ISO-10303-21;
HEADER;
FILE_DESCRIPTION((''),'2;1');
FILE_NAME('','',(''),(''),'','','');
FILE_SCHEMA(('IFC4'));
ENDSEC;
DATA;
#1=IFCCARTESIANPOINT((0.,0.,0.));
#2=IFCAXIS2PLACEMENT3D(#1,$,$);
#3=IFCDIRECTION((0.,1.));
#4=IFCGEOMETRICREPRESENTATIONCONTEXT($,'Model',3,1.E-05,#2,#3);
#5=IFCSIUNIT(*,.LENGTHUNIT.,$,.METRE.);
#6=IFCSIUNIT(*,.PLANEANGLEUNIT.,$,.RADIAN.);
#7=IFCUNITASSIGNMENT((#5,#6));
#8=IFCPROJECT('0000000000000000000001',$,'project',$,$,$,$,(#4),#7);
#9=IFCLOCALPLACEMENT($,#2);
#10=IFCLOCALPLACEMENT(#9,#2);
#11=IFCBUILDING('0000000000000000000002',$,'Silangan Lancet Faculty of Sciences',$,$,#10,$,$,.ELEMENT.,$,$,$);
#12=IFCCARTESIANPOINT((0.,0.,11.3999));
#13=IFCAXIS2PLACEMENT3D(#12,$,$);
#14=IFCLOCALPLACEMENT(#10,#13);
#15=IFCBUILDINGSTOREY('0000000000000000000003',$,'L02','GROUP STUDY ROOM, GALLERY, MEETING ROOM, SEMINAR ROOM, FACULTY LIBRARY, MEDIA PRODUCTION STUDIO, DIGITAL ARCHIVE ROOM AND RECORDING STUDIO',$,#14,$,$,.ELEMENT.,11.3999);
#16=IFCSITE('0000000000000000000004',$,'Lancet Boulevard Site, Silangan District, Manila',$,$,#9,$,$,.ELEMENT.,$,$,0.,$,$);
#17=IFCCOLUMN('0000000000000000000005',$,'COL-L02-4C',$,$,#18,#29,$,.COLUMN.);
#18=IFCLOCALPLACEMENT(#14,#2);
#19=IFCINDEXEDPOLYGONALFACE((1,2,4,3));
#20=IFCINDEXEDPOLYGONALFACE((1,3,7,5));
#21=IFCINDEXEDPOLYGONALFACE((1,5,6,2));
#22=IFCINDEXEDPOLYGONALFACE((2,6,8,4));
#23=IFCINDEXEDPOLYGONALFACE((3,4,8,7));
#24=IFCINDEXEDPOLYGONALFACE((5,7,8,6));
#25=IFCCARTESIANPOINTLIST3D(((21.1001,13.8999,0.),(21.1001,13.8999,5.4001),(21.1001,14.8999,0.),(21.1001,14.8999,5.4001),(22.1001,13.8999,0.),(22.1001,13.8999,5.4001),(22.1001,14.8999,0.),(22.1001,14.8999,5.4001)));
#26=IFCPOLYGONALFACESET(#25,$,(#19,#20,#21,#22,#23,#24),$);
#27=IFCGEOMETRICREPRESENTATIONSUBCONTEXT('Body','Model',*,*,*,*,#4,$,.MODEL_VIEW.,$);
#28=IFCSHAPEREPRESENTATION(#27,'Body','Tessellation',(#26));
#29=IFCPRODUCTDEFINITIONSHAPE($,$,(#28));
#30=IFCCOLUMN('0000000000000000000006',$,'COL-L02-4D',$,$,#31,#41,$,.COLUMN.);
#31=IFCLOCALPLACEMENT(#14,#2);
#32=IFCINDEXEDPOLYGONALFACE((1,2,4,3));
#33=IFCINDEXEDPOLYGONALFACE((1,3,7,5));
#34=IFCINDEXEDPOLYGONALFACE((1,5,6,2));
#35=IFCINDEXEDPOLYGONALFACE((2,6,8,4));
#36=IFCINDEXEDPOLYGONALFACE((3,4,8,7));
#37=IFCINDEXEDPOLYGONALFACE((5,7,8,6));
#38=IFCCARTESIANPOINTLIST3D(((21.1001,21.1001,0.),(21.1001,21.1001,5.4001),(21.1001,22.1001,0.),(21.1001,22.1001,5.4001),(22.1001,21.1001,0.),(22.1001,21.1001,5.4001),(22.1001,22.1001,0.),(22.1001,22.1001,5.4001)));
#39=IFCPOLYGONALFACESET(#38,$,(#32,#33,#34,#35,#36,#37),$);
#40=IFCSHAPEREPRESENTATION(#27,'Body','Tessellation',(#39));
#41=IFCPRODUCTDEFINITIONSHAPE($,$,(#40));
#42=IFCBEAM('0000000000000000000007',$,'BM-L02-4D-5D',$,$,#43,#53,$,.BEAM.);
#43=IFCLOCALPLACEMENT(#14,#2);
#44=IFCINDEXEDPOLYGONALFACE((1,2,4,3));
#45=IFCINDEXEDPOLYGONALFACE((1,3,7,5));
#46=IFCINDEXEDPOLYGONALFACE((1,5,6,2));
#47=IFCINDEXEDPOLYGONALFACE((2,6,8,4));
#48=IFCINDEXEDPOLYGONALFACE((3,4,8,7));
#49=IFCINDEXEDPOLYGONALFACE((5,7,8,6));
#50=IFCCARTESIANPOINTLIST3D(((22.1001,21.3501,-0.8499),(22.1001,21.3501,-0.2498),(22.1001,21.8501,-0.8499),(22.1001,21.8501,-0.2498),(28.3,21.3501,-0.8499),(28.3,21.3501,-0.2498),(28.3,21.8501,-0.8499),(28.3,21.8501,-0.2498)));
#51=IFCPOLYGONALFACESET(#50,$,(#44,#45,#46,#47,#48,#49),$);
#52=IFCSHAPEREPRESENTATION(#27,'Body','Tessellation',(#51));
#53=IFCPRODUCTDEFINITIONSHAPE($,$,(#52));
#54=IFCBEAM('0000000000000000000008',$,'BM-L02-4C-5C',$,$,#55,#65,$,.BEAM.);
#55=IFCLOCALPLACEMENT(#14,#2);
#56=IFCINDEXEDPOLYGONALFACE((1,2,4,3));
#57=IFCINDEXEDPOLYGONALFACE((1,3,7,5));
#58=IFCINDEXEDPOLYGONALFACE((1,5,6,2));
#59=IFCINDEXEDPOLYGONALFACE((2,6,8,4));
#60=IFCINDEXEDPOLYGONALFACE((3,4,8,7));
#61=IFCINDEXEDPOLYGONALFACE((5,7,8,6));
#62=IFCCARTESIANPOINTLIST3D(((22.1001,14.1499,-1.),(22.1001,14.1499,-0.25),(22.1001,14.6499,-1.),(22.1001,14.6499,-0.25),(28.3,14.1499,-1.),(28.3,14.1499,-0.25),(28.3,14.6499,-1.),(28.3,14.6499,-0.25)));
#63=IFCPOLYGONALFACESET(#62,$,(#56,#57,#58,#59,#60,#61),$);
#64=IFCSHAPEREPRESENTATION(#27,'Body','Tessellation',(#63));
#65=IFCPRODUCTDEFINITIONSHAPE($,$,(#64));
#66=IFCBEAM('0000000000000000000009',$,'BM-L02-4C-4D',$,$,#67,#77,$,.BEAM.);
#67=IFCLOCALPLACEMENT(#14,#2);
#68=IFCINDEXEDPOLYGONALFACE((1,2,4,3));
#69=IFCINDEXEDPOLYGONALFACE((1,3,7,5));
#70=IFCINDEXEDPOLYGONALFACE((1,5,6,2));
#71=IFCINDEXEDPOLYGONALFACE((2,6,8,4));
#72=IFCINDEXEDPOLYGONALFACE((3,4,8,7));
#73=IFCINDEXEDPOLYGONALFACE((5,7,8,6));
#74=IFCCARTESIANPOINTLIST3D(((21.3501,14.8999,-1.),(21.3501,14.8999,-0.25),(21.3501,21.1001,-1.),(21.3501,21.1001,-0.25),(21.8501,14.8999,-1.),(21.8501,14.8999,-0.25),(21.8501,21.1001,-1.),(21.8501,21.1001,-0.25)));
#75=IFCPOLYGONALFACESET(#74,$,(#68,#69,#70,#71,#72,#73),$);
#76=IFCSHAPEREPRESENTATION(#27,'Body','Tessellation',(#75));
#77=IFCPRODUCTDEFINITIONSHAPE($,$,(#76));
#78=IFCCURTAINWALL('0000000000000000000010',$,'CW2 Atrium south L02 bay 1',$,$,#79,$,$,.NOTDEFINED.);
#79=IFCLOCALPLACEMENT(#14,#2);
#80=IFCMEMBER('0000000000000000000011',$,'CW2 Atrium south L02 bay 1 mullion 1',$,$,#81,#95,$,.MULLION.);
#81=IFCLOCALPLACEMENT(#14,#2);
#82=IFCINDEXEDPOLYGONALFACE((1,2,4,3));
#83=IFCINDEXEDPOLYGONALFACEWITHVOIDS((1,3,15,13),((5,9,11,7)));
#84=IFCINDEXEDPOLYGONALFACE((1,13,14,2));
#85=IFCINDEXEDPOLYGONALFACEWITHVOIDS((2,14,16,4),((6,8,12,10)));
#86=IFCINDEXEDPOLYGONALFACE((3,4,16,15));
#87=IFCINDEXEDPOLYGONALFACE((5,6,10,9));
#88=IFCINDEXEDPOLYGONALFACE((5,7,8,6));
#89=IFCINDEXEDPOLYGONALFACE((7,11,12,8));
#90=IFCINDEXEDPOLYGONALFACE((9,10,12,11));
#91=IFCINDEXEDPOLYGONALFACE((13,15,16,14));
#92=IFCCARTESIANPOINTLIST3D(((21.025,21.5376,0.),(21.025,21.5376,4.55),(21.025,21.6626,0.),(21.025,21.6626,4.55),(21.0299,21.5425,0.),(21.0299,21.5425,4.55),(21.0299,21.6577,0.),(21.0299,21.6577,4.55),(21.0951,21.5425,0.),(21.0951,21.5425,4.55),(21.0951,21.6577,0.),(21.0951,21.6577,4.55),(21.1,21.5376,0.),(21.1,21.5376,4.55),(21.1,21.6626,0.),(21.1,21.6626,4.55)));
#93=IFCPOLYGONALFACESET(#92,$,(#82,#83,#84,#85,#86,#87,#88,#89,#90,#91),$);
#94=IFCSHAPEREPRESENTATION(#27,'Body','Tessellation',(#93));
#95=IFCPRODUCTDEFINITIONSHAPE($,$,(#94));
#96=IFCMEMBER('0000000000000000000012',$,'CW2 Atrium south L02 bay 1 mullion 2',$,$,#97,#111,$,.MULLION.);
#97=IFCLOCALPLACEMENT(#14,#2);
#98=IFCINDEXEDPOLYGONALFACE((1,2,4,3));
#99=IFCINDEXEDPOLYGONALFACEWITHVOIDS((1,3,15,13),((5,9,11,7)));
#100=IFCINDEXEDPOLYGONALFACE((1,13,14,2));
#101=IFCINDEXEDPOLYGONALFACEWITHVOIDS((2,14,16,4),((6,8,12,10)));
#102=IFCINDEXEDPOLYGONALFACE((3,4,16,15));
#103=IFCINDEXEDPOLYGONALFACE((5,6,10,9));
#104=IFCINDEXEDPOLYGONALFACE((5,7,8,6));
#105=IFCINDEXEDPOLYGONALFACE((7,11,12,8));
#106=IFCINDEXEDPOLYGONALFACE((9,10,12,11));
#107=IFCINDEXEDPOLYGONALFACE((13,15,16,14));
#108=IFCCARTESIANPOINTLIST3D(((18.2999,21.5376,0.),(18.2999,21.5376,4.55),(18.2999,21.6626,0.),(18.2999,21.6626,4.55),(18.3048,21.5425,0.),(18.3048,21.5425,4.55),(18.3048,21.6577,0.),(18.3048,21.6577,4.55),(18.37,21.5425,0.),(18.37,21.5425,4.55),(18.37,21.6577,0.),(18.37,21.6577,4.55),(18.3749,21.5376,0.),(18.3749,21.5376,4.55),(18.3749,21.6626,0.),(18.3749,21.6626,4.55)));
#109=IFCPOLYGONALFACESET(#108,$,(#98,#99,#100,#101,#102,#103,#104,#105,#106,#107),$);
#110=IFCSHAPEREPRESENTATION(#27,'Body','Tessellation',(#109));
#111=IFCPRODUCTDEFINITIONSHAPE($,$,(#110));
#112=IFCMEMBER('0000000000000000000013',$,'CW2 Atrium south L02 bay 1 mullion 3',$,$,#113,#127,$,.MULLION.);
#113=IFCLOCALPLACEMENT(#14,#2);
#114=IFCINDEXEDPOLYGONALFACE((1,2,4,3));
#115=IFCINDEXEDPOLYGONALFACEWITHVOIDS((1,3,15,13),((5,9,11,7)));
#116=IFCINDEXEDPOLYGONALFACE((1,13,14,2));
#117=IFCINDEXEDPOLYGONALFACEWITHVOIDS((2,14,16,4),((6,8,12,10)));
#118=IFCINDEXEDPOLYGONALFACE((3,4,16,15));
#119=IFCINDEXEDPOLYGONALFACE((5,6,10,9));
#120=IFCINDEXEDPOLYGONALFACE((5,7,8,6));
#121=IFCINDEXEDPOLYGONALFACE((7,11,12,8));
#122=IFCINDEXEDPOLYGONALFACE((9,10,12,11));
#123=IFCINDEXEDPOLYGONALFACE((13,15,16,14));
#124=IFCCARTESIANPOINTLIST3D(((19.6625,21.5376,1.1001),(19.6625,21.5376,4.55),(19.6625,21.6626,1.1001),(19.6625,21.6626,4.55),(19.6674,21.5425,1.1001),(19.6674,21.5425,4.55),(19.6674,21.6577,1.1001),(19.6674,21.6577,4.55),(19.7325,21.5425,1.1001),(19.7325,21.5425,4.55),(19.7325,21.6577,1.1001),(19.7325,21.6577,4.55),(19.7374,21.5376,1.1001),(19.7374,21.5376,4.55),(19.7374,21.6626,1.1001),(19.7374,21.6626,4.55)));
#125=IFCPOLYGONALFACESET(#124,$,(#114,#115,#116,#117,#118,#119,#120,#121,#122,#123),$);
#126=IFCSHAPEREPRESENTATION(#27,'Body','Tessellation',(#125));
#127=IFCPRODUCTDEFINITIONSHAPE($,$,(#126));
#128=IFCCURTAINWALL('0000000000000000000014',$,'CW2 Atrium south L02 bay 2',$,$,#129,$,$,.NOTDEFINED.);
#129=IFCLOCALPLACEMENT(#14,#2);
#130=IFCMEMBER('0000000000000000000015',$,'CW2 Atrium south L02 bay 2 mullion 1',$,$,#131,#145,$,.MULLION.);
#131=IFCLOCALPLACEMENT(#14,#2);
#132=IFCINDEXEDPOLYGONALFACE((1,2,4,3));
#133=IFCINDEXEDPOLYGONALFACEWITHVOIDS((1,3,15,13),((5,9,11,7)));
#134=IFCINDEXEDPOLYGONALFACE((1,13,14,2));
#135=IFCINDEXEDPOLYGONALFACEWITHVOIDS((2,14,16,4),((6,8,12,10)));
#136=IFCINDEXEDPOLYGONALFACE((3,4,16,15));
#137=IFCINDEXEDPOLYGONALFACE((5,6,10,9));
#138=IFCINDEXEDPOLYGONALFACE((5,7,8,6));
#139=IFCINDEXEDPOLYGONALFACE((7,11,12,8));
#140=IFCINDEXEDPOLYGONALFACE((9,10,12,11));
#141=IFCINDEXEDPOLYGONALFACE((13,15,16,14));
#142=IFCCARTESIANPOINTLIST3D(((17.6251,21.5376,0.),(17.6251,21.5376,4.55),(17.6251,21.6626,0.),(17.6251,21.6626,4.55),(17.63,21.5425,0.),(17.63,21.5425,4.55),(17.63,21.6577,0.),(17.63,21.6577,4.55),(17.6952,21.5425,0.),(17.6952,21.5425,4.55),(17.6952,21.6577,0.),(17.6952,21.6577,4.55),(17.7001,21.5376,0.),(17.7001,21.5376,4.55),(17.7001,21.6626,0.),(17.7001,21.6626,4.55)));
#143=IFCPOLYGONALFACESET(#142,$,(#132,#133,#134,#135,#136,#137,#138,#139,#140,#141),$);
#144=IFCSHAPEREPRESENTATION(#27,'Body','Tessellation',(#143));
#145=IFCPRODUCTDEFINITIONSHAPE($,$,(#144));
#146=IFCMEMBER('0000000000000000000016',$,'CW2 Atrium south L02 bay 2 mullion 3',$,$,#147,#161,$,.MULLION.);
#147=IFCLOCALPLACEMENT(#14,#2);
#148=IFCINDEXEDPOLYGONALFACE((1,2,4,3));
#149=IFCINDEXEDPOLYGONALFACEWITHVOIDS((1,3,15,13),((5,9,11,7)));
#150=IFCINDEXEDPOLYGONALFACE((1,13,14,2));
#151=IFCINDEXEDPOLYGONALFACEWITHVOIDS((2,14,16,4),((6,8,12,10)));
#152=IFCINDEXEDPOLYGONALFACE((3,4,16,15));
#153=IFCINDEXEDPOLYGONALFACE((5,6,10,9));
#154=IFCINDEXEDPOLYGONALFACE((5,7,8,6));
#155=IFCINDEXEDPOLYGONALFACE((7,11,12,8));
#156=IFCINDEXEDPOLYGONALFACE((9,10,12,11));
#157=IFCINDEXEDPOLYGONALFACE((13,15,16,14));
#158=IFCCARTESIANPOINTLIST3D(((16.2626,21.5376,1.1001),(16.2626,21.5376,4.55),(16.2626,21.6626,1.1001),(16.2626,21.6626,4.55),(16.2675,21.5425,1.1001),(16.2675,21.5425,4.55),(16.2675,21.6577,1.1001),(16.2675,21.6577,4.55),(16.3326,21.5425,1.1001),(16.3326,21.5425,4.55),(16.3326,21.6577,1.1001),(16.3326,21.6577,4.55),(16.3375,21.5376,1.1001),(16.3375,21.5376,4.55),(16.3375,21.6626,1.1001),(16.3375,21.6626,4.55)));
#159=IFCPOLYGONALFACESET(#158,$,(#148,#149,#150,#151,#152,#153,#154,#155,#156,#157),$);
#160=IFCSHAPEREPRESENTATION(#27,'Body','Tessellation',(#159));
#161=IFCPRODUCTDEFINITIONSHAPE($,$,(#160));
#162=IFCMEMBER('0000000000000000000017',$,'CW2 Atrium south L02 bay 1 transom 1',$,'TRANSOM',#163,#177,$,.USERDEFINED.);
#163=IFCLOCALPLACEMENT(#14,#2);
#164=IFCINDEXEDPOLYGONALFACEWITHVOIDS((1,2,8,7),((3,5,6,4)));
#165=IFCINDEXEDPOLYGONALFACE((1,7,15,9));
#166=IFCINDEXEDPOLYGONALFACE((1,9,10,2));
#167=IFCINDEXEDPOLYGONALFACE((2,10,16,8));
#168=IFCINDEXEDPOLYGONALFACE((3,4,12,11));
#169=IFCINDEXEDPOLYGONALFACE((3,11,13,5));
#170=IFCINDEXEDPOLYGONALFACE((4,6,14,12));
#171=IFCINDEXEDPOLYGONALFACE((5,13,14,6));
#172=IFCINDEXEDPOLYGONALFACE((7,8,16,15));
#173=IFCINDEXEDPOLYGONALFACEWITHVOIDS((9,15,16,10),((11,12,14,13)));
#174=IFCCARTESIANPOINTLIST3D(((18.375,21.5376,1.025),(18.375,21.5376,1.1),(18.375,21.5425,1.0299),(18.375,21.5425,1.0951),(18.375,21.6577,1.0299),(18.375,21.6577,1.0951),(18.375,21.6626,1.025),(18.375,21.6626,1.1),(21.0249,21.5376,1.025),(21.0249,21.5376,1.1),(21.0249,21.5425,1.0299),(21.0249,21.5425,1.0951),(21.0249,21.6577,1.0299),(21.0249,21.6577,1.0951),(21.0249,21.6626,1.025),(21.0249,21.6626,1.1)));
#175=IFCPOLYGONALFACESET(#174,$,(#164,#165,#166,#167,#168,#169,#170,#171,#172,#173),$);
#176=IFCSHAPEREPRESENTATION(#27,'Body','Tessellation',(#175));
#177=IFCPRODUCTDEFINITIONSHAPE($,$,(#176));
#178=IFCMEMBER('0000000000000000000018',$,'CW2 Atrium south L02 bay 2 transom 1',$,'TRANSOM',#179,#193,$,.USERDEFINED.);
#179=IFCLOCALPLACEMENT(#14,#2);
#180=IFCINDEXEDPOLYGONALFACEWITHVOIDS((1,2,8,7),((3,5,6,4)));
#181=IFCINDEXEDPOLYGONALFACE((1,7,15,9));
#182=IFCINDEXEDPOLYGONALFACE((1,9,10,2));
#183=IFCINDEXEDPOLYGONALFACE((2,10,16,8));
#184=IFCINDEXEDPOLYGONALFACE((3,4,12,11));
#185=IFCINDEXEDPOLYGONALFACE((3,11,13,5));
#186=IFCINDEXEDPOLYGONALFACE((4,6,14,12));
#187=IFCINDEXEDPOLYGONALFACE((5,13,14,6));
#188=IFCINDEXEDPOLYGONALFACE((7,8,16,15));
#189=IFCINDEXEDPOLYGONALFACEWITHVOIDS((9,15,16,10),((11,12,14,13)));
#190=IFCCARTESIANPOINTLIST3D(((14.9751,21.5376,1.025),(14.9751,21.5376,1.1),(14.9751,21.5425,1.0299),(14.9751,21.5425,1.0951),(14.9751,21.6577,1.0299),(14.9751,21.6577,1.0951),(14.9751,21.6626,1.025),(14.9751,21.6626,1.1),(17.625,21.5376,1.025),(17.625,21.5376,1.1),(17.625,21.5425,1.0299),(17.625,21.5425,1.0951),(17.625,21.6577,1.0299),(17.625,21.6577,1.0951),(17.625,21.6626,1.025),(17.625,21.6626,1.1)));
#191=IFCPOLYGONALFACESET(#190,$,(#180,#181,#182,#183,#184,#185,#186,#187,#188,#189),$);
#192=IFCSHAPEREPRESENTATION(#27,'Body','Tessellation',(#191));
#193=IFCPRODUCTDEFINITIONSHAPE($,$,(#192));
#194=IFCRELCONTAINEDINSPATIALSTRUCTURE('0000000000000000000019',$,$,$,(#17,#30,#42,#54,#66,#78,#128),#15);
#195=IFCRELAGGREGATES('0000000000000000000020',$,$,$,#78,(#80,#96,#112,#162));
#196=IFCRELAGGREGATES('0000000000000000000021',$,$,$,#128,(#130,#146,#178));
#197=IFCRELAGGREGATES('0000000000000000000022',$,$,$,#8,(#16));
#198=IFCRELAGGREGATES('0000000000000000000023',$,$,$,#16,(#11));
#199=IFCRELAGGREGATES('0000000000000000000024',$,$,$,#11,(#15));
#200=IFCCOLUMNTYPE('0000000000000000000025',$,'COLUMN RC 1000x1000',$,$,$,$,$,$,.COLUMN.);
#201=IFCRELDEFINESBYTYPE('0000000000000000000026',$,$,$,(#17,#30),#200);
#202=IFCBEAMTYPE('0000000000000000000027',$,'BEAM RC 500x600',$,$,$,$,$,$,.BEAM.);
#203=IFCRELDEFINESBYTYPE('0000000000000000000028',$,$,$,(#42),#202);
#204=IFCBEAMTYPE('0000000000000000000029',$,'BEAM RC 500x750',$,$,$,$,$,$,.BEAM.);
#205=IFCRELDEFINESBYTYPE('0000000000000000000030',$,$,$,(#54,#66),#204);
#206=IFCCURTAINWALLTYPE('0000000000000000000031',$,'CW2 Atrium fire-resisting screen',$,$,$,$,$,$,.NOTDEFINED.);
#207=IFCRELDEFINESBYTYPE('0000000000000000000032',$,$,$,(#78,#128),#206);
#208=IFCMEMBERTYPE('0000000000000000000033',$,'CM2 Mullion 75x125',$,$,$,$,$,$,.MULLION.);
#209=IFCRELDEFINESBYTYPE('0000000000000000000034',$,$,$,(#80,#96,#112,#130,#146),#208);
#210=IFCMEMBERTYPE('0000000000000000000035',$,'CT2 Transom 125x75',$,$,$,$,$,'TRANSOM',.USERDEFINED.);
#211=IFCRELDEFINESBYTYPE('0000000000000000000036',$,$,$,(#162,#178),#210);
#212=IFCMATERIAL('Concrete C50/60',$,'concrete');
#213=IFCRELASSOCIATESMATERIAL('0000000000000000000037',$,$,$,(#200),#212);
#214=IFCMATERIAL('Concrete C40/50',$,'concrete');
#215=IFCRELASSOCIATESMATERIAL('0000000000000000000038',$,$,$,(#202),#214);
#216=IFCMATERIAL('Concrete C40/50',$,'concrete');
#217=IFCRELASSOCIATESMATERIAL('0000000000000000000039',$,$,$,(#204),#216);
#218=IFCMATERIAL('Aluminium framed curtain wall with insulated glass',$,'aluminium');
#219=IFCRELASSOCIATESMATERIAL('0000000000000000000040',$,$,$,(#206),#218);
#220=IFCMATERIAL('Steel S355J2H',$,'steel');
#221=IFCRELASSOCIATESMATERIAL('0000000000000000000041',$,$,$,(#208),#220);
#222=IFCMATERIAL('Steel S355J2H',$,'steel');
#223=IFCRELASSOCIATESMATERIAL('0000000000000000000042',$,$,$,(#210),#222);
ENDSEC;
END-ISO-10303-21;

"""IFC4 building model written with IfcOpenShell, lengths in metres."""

from ifc_helpers import new_model, si_unit, direction, frame, origin, origin_2d, place, context, subcontext, project, spatial, rectangle, hollow_rectangle, extrude, material, material_profile, profile_set, type_object, element, aggregate, save


model = new_model("IFC4")

# Units and contexts
model_context = context("Model", 3, precision=1e-05, world=origin(), true_north=direction((0.0, 1.0)))
body_context = subcontext(model_context, "Body", "Model", "MODEL_VIEW")
ifc_project = project(units=[si_unit("LENGTHUNIT", "METRE"), si_unit("PLANEANGLEUNIT", "RADIAN")], contexts=[model_context])

# Site, building, storey
site_placement = place(None, origin())
site = spatial("IfcSite", under=ifc_project, at=site_placement, Name="Lancet Boulevard Site, Silangan District, Manila", CompositionType="ELEMENT", RefElevation=0.0)
building_placement = place(site_placement, origin())
building = spatial("IfcBuilding", under=site, at=building_placement, Name="Silangan Lancet Faculty of Sciences", CompositionType="ELEMENT")
storey_placement = place(building_placement, frame((0.0, 0.0, 11.3999)))
storey = spatial("IfcBuildingStorey", under=building, at=storey_placement, Name="L02", Description="GROUP STUDY ROOM, GALLERY, MEETING ROOM, SEMINAR ROOM, FACULTY LIBRARY, MEDIA PRODUCTION STUDIO, DIGITAL ARCHIVE ROOM AND RECORDING STUDIO", CompositionType="ELEMENT", Elevation=11.3999)

# Columns
ifc_material_1 = material(Name="Concrete C50/60", Category="concrete")
ifc_material_profile_1 = material_profile(ifc_material_1, rectangle(XDim=1.0, YDim=1.0, at=origin_2d()), Name="RC 1000x1000")
ifc_profile_set_1 = profile_set([ifc_material_profile_1], Name="Concrete C50/60")
column_type = type_object("IfcColumnType", Name="COLUMN RC 1000x1000", PredefinedType="COLUMN", material=ifc_profile_set_1)
for number, where, z_axis, x_axis, name in (
    (1, (21.6001, 14.3999, 0.0), (0.0, 0.0, 1.0), (1.0, 0.0, 0.0), "COL-L02-4C"),
    (2, (21.6001, 21.6001, 0.0), (0.0, 0.0, 1.0), (1.0, 0.0, 0.0), "COL-L02-4D"),
):
    element("IfcColumn", number, at=place(storey_placement, frame(where, z_axis=z_axis, x_axis=x_axis)), inside=storey, type_object=column_type, Name=name, PredefinedType="COLUMN", context=body_context, shape_type="SweptSolid", body=[
        extrude(rectangle(XDim=1.0, YDim=1.0, at=origin_2d()), origin(), (0.0, 0.0, 1.0), 5.4001),
    ])

# Beams
ifc_material_2 = material(Name="Concrete C40/50", Category="concrete")
ifc_material_profile_2 = material_profile(ifc_material_2, rectangle(XDim=0.5, YDim=0.6001, at=origin_2d()), Name="RC 500x600")
ifc_profile_set_2 = profile_set([ifc_material_profile_2], Name="Concrete C40/50")
beam_type_1 = type_object("IfcBeamType", Name="BEAM RC 500x600", PredefinedType="BEAM", material=ifc_profile_set_2)
beam_1_placement = place(storey_placement, frame((22.1001, 21.6001, -0.5498), z_axis=(1.0, 0.0, 0.0), x_axis=(0.0, 1.0, 0.0)))
element("IfcBeam", 3, at=beam_1_placement, inside=storey, type_object=beam_type_1, Name="BM-L02-4D-5D", PredefinedType="BEAM", context=body_context, shape_type="SweptSolid", body=[
    extrude(rectangle(XDim=0.5, YDim=0.6001, at=origin_2d()), origin(), (0.0, 0.0, 1.0), 6.2),
])
ifc_material_3 = material(Name="Concrete C40/50", Category="concrete")
ifc_material_profile_3 = material_profile(ifc_material_3, rectangle(XDim=0.5, YDim=0.75, at=origin_2d()), Name="RC 500x750")
ifc_profile_set_3 = profile_set([ifc_material_profile_3], Name="Concrete C40/50")
beam_type_2 = type_object("IfcBeamType", Name="BEAM RC 500x750", PredefinedType="BEAM", material=ifc_profile_set_3)
beam_2_placement = place(storey_placement, frame((22.1001, 14.3999, -0.625), z_axis=(1.0, 0.0, 0.0), x_axis=(0.0, 1.0, 0.0)))
element("IfcBeam", 4, at=beam_2_placement, inside=storey, type_object=beam_type_2, Name="BM-L02-4C-5C", PredefinedType="BEAM", context=body_context, shape_type="SweptSolid", body=[
    extrude(rectangle(XDim=0.5, YDim=0.75, at=origin_2d()), origin(), (0.0, 0.0, 1.0), 6.2),
])
beam_3_placement = place(storey_placement, frame((21.6001, 14.8999, -0.625), z_axis=(0.0, 1.0, 0.0), x_axis=(-1.0, 0.0, 0.0)))
element("IfcBeam", 5, at=beam_3_placement, inside=storey, type_object=beam_type_2, Name="BM-L02-4C-4D", PredefinedType="BEAM", context=body_context, shape_type="SweptSolid", body=[
    extrude(rectangle(XDim=0.5, YDim=0.75, at=origin_2d()), origin(), (0.0, 0.0, 1.0), 6.2002),
])

# Curtain walls, members
ifc_material_4 = material(Name="Aluminium framed curtain wall with insulated glass", Category="aluminium")
curtain_wall_type = type_object("IfcCurtainWallType", Name="CW2 Atrium fire-resisting screen", PredefinedType="NOTDEFINED", material=ifc_material_4)
curtain_wall_1_placement = place(storey_placement, origin())
curtain_wall_1 = element("IfcCurtainWall", 6, at=curtain_wall_1_placement, inside=storey, type_object=curtain_wall_type, Name="CW2 Atrium south L02 bay 1", PredefinedType="NOTDEFINED")
ifc_material_5 = material(Name="Steel S355J2H", Category="steel")
ifc_material_profile_4 = material_profile(ifc_material_5, hollow_rectangle(XDim=0.075, YDim=0.125, WallThickness=0.0049, at=origin_2d()), Name="ST BOX 75x125x5")
ifc_profile_set_4 = profile_set([ifc_material_profile_4], Name="Steel S355J2H")
member_type_1 = type_object("IfcMemberType", Name="CM2 Mullion 75x125", PredefinedType="MULLION", material=ifc_profile_set_4)
member_1_placement = place(storey_placement, frame((21.0625, 21.6001, 0.0), z_axis=(0.0, 0.0, 1.0), x_axis=(-1.0, 0.0, 0.0)))
member_1 = element("IfcMember", 7, at=member_1_placement, type_object=member_type_1, Name="CW2 Atrium south L02 bay 1 mullion 1", PredefinedType="MULLION", context=body_context, shape_type="SweptSolid", body=[
    extrude(hollow_rectangle(XDim=0.075, YDim=0.125, WallThickness=0.0049, at=origin_2d()), origin(), (0.0, 0.0, 1.0), 4.55),
])
member_2_placement = place(storey_placement, frame((18.3374, 21.6001, 0.0), z_axis=(0.0, 0.0, 1.0), x_axis=(-1.0, 0.0, 0.0)))
member_2 = element("IfcMember", 8, at=member_2_placement, type_object=member_type_1, Name="CW2 Atrium south L02 bay 1 mullion 2", PredefinedType="MULLION", context=body_context, shape_type="SweptSolid", body=[
    extrude(hollow_rectangle(XDim=0.075, YDim=0.125, WallThickness=0.0049, at=origin_2d()), origin(), (0.0, 0.0, 1.0), 4.55),
])
member_3_placement = place(storey_placement, frame((19.7, 21.6001, 1.1001), z_axis=(0.0, 0.0, 1.0), x_axis=(-1.0, 0.0, 0.0)))
member_3 = element("IfcMember", 9, at=member_3_placement, type_object=member_type_1, Name="CW2 Atrium south L02 bay 1 mullion 3", PredefinedType="MULLION", context=body_context, shape_type="SweptSolid", body=[
    extrude(hollow_rectangle(XDim=0.075, YDim=0.125, WallThickness=0.0049, at=origin_2d()), origin(), (0.0, 0.0, 1.0), 3.45),
])
curtain_wall_2_placement = place(storey_placement, origin())
curtain_wall_2 = element("IfcCurtainWall", 10, at=curtain_wall_2_placement, inside=storey, type_object=curtain_wall_type, Name="CW2 Atrium south L02 bay 2", PredefinedType="NOTDEFINED")
member_4_placement = place(storey_placement, frame((17.6626, 21.6001, 0.0), z_axis=(0.0, 0.0, 1.0), x_axis=(-1.0, 0.0, 0.0)))
member_4 = element("IfcMember", 11, at=member_4_placement, type_object=member_type_1, Name="CW2 Atrium south L02 bay 2 mullion 1", PredefinedType="MULLION", context=body_context, shape_type="SweptSolid", body=[
    extrude(hollow_rectangle(XDim=0.075, YDim=0.125, WallThickness=0.0049, at=origin_2d()), origin(), (0.0, 0.0, 1.0), 4.55),
])
member_5_placement = place(storey_placement, frame((16.3, 21.6001, 1.1001), z_axis=(0.0, 0.0, 1.0), x_axis=(-1.0, 0.0, 0.0)))
member_5 = element("IfcMember", 12, at=member_5_placement, type_object=member_type_1, Name="CW2 Atrium south L02 bay 2 mullion 3", PredefinedType="MULLION", context=body_context, shape_type="SweptSolid", body=[
    extrude(hollow_rectangle(XDim=0.075, YDim=0.125, WallThickness=0.0049, at=origin_2d()), origin(), (0.0, 0.0, 1.0), 3.45),
])

# Members
ifc_material_6 = material(Name="Steel S355J2H", Category="steel")
ifc_material_profile_5 = material_profile(ifc_material_6, hollow_rectangle(XDim=0.125, YDim=0.075, WallThickness=0.0049, at=origin_2d()), Name="ST BOX 125x75x5")
ifc_profile_set_5 = profile_set([ifc_material_profile_5], Name="Steel S355J2H")
member_type_2 = type_object("IfcMemberType", Name="CT2 Transom 125x75", ElementType="TRANSOM", PredefinedType="USERDEFINED", material=ifc_profile_set_5)
member_6_placement = place(storey_placement, frame((21.0249, 21.6001, 1.0625), z_axis=(-1.0, 0.0, 0.0), x_axis=(0.0, -1.0, 0.0)))
member_6 = element("IfcMember", 13, at=member_6_placement, type_object=member_type_2, Name="CW2 Atrium south L02 bay 1 transom 1", ObjectType="TRANSOM", PredefinedType="USERDEFINED", context=body_context, shape_type="SweptSolid", body=[
    extrude(hollow_rectangle(XDim=0.125, YDim=0.075, WallThickness=0.0049, at=origin_2d()), origin(), (0.0, 0.0, 1.0), 2.6499),
])
member_7_placement = place(storey_placement, frame((17.625, 21.6001, 1.0625), z_axis=(-1.0, 0.0, 0.0), x_axis=(0.0, -1.0, 0.0)))
member_7 = element("IfcMember", 14, at=member_7_placement, type_object=member_type_2, Name="CW2 Atrium south L02 bay 2 transom 1", ObjectType="TRANSOM", PredefinedType="USERDEFINED", context=body_context, shape_type="SweptSolid", body=[
    extrude(hollow_rectangle(XDim=0.125, YDim=0.075, WallThickness=0.0049, at=origin_2d()), origin(), (0.0, 0.0, 1.0), 2.6499),
])

aggregate(curtain_wall_1, [member_1, member_2, member_3, member_6])
aggregate(curtain_wall_2, [member_4, member_5, member_7])

save(model, "model.ifc")
